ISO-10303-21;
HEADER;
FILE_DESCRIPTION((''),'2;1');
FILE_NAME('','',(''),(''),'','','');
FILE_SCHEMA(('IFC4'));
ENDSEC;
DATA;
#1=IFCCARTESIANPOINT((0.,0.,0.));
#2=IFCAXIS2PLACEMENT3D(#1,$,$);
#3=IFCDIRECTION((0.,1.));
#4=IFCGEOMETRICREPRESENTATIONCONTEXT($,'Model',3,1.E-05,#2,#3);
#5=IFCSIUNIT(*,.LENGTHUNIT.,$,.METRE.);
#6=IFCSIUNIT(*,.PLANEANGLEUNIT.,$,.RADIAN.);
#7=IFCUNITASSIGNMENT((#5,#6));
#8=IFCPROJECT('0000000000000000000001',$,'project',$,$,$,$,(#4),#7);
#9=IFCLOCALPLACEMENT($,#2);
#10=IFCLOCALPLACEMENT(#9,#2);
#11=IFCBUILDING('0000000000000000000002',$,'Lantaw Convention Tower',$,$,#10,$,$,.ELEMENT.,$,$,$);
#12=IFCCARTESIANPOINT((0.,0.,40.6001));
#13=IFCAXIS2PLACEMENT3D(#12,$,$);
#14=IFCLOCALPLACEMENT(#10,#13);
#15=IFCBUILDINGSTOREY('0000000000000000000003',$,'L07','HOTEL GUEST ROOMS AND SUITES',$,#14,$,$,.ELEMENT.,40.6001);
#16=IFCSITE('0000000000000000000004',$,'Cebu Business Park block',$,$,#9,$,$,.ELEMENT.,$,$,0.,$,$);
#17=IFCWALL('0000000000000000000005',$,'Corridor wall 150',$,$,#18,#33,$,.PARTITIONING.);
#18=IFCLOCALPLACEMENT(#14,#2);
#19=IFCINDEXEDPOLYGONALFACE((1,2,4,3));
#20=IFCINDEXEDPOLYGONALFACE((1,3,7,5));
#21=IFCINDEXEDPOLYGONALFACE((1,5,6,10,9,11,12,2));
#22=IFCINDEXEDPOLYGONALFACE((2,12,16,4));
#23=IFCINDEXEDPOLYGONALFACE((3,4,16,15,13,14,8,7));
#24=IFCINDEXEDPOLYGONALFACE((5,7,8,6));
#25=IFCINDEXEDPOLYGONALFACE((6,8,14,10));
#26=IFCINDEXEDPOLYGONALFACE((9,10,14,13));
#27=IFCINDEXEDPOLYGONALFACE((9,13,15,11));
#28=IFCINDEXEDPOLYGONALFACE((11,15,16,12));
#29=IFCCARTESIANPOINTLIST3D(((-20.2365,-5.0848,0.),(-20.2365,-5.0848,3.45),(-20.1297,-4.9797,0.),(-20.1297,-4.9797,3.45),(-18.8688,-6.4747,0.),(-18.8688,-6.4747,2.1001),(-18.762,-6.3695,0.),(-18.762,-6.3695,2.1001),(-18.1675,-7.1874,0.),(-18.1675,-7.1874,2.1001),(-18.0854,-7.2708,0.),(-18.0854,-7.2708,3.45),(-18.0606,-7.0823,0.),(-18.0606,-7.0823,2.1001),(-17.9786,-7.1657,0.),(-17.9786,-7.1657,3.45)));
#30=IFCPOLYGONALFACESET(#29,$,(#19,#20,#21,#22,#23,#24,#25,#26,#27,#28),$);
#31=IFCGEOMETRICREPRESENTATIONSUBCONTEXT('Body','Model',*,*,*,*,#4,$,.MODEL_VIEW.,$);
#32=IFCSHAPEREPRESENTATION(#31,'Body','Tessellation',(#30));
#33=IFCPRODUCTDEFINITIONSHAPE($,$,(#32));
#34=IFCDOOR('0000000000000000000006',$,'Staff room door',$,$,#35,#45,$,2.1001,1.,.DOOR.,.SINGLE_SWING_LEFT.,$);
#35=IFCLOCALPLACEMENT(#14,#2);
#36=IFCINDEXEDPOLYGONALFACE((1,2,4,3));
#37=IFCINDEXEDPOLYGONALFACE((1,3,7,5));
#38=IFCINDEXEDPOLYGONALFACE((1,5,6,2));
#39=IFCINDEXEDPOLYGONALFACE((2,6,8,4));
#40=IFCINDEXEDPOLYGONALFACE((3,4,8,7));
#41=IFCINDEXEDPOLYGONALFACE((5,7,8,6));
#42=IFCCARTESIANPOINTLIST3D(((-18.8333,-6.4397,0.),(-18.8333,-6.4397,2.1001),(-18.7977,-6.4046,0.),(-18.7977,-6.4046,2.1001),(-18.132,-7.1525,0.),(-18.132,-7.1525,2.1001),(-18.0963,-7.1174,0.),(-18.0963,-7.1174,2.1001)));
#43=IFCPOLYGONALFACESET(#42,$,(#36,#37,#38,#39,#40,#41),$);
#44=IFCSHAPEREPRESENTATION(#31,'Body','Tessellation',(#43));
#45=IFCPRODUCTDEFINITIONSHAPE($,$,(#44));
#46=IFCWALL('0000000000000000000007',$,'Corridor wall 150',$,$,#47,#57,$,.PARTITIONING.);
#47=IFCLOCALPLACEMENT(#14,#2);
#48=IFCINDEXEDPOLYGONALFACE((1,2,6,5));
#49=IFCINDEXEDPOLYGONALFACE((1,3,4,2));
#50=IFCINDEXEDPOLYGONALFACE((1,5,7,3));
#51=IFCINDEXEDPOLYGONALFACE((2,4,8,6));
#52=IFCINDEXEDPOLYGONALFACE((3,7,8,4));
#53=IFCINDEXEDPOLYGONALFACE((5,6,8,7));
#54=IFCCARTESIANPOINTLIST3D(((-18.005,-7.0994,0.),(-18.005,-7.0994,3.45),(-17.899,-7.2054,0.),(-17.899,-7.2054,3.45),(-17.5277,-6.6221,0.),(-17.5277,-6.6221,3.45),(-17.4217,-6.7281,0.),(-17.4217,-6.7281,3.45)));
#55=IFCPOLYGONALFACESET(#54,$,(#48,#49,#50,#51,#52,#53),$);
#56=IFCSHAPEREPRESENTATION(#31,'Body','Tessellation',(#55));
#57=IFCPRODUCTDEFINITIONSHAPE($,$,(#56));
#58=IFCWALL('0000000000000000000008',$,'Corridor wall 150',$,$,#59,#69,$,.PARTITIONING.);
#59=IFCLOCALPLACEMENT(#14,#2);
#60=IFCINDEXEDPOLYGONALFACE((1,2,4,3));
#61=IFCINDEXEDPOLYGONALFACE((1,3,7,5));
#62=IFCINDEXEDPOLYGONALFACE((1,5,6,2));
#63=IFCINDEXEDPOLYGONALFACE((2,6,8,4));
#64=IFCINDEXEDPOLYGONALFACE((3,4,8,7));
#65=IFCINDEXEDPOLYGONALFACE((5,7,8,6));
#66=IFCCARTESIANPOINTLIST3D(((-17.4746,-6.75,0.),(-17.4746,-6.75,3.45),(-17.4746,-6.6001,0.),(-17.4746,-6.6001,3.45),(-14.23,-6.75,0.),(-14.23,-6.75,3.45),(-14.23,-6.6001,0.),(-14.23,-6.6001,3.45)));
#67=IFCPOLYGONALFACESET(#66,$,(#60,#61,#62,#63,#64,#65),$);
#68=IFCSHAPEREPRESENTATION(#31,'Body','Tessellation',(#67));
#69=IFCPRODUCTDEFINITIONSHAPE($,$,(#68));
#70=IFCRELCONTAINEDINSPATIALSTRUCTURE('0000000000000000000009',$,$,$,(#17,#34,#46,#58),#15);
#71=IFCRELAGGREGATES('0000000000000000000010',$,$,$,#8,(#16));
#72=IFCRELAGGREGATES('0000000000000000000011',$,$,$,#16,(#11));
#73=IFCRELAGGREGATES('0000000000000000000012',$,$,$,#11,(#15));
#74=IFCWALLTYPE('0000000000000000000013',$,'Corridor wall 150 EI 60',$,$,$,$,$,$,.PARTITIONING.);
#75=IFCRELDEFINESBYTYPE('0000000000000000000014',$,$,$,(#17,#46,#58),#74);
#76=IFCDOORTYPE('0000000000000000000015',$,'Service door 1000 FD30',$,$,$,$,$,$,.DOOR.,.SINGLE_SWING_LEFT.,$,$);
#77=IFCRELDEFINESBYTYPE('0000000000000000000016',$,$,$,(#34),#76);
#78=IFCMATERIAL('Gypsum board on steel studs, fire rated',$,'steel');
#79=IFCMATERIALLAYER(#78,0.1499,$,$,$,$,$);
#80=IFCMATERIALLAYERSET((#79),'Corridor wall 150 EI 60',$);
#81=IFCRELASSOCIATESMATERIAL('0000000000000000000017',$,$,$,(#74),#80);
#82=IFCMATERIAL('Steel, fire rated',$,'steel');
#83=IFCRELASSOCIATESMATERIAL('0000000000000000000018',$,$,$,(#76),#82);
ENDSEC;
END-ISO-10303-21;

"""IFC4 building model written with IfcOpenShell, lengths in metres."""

from ifc_helpers import new_model, si_unit, direction, frame, frame_2d, origin, place, context, subcontext, project, spatial, rectangle, extrude, material, layer, layer_set, type_object, element, fill, save


model = new_model("IFC4")

# Units and contexts
model_context = context("Model", 3, precision=1e-05, world=origin(), true_north=direction((0.0, 1.0)))
body_context = subcontext(model_context, "Body", "Model", "MODEL_VIEW")
ifc_project = project(units=[si_unit("LENGTHUNIT", "METRE"), si_unit("PLANEANGLEUNIT", "RADIAN")], contexts=[model_context])

# Site, building, storey
site_placement = place(None, origin())
site = spatial("IfcSite", under=ifc_project, at=site_placement, Name="Cebu Business Park block", CompositionType="ELEMENT", RefElevation=0.0)
building_placement = place(site_placement, origin())
building = spatial("IfcBuilding", under=site, at=building_placement, Name="Lantaw Convention Tower", CompositionType="ELEMENT")
storey_placement = place(building_placement, frame((0.0, 0.0, 40.6001)))
storey = spatial("IfcBuildingStorey", under=building, at=storey_placement, Name="L07", Description="HOTEL GUEST ROOMS AND SUITES", CompositionType="ELEMENT", Elevation=40.6001)

# Shared definitions
ifc_material_1 = material(Name="Gypsum board on steel studs, fire rated", Category="steel")
ifc_layer = layer(ifc_material_1, 0.1499)
ifc_layer_set = layer_set([ifc_layer], Name="Corridor wall 150 EI 60")
wall_type = type_object("IfcWallType", Name="Corridor wall 150 EI 60", PredefinedType="PARTITIONING", material=ifc_layer_set)

# Wall, opening, door
wall_1_placement = place(storey_placement, frame((-20.1831, -5.0322, 0.0), z_axis=(0.0, 0.0, 1.0), x_axis=(0.701392, -0.712776, 0.0)))
wall_1 = element("IfcWall", 1, at=wall_1_placement, inside=storey, type_object=wall_type, Name="Corridor wall 150", PredefinedType="PARTITIONING", context=body_context, shape_type="SweptSolid", body=[
    extrude(rectangle(XDim=3.0669, YDim=0.1499, at=frame_2d((1.5334, 0.0))), origin(), (0.0, 0.0, 1.0), 3.45),
])
opening_placement = place(wall_1_placement, frame((1.95, 0.0, 0.0)))
opening = element("IfcOpeningElement", 2, at=opening_placement, cuts=wall_1, PredefinedType="OPENING", context=body_context, shape_type="SweptSolid", body=[
    extrude(rectangle(XDim=1.0, YDim=2.1001, at=frame_2d((0.5, 1.05))), frame((0.0, 0.085, 0.0), z_axis=(0.0, -1.0, 0.0), x_axis=(1.0, 0.0, 0.0)), (0.0, 0.0, 1.0), 0.1699),
])
ifc_material_2 = material(Name="Steel, fire rated", Category="steel")
door_type = type_object("IfcDoorType", Name="Service door 1000 FD30", OperationType="SINGLE_SWING_LEFT", PredefinedType="DOOR", material=ifc_material_2)
door_placement = place(opening_placement, origin())
door = element("IfcDoor", 3, at=door_placement, inside=storey, type_object=door_type, Name="Staff room door", OperationType="SINGLE_SWING_LEFT", OverallHeight=2.1001, OverallWidth=1.0, PredefinedType="DOOR", context=body_context, shape_type="SweptSolid", body=[
    extrude(rectangle(XDim=1.0, YDim=2.1001, at=frame_2d((0.5, 1.05))), frame((0.0, 0.0249, 0.0), z_axis=(0.0, -1.0, 0.0), x_axis=(1.0, 0.0, 0.0)), (0.0, 0.0, 1.0), 0.05),
])
fill(opening, door)

# Walls
wall_2_placement = place(storey_placement, frame((-17.9519, -7.1523, 0.0), z_axis=(0.0, 0.0, 1.0), x_axis=(0.707107, 0.707107, 0.0)))
element("IfcWall", 4, at=wall_2_placement, inside=storey, type_object=wall_type, Name="Corridor wall 150", PredefinedType="PARTITIONING", context=body_context, shape_type="SweptSolid", body=[
    extrude(rectangle(XDim=0.675, YDim=0.1499, at=frame_2d((0.3374, 0.0))), origin(), (0.0, 0.0, 1.0), 3.45),
])
wall_3_placement = place(storey_placement, frame((-17.4746, -6.675, 0.0), z_axis=(0.0, 0.0, 1.0), x_axis=(1.0, 0.0, 0.0)))
element("IfcWall", 5, at=wall_3_placement, inside=storey, type_object=wall_type, Name="Corridor wall 150", PredefinedType="PARTITIONING", context=body_context, shape_type="SweptSolid", body=[
    extrude(rectangle(XDim=3.2446, YDim=0.1499, at=frame_2d((1.6223, 0.0))), origin(), (0.0, 0.0, 1.0), 3.45),
])

save(model, "model.ifc")
